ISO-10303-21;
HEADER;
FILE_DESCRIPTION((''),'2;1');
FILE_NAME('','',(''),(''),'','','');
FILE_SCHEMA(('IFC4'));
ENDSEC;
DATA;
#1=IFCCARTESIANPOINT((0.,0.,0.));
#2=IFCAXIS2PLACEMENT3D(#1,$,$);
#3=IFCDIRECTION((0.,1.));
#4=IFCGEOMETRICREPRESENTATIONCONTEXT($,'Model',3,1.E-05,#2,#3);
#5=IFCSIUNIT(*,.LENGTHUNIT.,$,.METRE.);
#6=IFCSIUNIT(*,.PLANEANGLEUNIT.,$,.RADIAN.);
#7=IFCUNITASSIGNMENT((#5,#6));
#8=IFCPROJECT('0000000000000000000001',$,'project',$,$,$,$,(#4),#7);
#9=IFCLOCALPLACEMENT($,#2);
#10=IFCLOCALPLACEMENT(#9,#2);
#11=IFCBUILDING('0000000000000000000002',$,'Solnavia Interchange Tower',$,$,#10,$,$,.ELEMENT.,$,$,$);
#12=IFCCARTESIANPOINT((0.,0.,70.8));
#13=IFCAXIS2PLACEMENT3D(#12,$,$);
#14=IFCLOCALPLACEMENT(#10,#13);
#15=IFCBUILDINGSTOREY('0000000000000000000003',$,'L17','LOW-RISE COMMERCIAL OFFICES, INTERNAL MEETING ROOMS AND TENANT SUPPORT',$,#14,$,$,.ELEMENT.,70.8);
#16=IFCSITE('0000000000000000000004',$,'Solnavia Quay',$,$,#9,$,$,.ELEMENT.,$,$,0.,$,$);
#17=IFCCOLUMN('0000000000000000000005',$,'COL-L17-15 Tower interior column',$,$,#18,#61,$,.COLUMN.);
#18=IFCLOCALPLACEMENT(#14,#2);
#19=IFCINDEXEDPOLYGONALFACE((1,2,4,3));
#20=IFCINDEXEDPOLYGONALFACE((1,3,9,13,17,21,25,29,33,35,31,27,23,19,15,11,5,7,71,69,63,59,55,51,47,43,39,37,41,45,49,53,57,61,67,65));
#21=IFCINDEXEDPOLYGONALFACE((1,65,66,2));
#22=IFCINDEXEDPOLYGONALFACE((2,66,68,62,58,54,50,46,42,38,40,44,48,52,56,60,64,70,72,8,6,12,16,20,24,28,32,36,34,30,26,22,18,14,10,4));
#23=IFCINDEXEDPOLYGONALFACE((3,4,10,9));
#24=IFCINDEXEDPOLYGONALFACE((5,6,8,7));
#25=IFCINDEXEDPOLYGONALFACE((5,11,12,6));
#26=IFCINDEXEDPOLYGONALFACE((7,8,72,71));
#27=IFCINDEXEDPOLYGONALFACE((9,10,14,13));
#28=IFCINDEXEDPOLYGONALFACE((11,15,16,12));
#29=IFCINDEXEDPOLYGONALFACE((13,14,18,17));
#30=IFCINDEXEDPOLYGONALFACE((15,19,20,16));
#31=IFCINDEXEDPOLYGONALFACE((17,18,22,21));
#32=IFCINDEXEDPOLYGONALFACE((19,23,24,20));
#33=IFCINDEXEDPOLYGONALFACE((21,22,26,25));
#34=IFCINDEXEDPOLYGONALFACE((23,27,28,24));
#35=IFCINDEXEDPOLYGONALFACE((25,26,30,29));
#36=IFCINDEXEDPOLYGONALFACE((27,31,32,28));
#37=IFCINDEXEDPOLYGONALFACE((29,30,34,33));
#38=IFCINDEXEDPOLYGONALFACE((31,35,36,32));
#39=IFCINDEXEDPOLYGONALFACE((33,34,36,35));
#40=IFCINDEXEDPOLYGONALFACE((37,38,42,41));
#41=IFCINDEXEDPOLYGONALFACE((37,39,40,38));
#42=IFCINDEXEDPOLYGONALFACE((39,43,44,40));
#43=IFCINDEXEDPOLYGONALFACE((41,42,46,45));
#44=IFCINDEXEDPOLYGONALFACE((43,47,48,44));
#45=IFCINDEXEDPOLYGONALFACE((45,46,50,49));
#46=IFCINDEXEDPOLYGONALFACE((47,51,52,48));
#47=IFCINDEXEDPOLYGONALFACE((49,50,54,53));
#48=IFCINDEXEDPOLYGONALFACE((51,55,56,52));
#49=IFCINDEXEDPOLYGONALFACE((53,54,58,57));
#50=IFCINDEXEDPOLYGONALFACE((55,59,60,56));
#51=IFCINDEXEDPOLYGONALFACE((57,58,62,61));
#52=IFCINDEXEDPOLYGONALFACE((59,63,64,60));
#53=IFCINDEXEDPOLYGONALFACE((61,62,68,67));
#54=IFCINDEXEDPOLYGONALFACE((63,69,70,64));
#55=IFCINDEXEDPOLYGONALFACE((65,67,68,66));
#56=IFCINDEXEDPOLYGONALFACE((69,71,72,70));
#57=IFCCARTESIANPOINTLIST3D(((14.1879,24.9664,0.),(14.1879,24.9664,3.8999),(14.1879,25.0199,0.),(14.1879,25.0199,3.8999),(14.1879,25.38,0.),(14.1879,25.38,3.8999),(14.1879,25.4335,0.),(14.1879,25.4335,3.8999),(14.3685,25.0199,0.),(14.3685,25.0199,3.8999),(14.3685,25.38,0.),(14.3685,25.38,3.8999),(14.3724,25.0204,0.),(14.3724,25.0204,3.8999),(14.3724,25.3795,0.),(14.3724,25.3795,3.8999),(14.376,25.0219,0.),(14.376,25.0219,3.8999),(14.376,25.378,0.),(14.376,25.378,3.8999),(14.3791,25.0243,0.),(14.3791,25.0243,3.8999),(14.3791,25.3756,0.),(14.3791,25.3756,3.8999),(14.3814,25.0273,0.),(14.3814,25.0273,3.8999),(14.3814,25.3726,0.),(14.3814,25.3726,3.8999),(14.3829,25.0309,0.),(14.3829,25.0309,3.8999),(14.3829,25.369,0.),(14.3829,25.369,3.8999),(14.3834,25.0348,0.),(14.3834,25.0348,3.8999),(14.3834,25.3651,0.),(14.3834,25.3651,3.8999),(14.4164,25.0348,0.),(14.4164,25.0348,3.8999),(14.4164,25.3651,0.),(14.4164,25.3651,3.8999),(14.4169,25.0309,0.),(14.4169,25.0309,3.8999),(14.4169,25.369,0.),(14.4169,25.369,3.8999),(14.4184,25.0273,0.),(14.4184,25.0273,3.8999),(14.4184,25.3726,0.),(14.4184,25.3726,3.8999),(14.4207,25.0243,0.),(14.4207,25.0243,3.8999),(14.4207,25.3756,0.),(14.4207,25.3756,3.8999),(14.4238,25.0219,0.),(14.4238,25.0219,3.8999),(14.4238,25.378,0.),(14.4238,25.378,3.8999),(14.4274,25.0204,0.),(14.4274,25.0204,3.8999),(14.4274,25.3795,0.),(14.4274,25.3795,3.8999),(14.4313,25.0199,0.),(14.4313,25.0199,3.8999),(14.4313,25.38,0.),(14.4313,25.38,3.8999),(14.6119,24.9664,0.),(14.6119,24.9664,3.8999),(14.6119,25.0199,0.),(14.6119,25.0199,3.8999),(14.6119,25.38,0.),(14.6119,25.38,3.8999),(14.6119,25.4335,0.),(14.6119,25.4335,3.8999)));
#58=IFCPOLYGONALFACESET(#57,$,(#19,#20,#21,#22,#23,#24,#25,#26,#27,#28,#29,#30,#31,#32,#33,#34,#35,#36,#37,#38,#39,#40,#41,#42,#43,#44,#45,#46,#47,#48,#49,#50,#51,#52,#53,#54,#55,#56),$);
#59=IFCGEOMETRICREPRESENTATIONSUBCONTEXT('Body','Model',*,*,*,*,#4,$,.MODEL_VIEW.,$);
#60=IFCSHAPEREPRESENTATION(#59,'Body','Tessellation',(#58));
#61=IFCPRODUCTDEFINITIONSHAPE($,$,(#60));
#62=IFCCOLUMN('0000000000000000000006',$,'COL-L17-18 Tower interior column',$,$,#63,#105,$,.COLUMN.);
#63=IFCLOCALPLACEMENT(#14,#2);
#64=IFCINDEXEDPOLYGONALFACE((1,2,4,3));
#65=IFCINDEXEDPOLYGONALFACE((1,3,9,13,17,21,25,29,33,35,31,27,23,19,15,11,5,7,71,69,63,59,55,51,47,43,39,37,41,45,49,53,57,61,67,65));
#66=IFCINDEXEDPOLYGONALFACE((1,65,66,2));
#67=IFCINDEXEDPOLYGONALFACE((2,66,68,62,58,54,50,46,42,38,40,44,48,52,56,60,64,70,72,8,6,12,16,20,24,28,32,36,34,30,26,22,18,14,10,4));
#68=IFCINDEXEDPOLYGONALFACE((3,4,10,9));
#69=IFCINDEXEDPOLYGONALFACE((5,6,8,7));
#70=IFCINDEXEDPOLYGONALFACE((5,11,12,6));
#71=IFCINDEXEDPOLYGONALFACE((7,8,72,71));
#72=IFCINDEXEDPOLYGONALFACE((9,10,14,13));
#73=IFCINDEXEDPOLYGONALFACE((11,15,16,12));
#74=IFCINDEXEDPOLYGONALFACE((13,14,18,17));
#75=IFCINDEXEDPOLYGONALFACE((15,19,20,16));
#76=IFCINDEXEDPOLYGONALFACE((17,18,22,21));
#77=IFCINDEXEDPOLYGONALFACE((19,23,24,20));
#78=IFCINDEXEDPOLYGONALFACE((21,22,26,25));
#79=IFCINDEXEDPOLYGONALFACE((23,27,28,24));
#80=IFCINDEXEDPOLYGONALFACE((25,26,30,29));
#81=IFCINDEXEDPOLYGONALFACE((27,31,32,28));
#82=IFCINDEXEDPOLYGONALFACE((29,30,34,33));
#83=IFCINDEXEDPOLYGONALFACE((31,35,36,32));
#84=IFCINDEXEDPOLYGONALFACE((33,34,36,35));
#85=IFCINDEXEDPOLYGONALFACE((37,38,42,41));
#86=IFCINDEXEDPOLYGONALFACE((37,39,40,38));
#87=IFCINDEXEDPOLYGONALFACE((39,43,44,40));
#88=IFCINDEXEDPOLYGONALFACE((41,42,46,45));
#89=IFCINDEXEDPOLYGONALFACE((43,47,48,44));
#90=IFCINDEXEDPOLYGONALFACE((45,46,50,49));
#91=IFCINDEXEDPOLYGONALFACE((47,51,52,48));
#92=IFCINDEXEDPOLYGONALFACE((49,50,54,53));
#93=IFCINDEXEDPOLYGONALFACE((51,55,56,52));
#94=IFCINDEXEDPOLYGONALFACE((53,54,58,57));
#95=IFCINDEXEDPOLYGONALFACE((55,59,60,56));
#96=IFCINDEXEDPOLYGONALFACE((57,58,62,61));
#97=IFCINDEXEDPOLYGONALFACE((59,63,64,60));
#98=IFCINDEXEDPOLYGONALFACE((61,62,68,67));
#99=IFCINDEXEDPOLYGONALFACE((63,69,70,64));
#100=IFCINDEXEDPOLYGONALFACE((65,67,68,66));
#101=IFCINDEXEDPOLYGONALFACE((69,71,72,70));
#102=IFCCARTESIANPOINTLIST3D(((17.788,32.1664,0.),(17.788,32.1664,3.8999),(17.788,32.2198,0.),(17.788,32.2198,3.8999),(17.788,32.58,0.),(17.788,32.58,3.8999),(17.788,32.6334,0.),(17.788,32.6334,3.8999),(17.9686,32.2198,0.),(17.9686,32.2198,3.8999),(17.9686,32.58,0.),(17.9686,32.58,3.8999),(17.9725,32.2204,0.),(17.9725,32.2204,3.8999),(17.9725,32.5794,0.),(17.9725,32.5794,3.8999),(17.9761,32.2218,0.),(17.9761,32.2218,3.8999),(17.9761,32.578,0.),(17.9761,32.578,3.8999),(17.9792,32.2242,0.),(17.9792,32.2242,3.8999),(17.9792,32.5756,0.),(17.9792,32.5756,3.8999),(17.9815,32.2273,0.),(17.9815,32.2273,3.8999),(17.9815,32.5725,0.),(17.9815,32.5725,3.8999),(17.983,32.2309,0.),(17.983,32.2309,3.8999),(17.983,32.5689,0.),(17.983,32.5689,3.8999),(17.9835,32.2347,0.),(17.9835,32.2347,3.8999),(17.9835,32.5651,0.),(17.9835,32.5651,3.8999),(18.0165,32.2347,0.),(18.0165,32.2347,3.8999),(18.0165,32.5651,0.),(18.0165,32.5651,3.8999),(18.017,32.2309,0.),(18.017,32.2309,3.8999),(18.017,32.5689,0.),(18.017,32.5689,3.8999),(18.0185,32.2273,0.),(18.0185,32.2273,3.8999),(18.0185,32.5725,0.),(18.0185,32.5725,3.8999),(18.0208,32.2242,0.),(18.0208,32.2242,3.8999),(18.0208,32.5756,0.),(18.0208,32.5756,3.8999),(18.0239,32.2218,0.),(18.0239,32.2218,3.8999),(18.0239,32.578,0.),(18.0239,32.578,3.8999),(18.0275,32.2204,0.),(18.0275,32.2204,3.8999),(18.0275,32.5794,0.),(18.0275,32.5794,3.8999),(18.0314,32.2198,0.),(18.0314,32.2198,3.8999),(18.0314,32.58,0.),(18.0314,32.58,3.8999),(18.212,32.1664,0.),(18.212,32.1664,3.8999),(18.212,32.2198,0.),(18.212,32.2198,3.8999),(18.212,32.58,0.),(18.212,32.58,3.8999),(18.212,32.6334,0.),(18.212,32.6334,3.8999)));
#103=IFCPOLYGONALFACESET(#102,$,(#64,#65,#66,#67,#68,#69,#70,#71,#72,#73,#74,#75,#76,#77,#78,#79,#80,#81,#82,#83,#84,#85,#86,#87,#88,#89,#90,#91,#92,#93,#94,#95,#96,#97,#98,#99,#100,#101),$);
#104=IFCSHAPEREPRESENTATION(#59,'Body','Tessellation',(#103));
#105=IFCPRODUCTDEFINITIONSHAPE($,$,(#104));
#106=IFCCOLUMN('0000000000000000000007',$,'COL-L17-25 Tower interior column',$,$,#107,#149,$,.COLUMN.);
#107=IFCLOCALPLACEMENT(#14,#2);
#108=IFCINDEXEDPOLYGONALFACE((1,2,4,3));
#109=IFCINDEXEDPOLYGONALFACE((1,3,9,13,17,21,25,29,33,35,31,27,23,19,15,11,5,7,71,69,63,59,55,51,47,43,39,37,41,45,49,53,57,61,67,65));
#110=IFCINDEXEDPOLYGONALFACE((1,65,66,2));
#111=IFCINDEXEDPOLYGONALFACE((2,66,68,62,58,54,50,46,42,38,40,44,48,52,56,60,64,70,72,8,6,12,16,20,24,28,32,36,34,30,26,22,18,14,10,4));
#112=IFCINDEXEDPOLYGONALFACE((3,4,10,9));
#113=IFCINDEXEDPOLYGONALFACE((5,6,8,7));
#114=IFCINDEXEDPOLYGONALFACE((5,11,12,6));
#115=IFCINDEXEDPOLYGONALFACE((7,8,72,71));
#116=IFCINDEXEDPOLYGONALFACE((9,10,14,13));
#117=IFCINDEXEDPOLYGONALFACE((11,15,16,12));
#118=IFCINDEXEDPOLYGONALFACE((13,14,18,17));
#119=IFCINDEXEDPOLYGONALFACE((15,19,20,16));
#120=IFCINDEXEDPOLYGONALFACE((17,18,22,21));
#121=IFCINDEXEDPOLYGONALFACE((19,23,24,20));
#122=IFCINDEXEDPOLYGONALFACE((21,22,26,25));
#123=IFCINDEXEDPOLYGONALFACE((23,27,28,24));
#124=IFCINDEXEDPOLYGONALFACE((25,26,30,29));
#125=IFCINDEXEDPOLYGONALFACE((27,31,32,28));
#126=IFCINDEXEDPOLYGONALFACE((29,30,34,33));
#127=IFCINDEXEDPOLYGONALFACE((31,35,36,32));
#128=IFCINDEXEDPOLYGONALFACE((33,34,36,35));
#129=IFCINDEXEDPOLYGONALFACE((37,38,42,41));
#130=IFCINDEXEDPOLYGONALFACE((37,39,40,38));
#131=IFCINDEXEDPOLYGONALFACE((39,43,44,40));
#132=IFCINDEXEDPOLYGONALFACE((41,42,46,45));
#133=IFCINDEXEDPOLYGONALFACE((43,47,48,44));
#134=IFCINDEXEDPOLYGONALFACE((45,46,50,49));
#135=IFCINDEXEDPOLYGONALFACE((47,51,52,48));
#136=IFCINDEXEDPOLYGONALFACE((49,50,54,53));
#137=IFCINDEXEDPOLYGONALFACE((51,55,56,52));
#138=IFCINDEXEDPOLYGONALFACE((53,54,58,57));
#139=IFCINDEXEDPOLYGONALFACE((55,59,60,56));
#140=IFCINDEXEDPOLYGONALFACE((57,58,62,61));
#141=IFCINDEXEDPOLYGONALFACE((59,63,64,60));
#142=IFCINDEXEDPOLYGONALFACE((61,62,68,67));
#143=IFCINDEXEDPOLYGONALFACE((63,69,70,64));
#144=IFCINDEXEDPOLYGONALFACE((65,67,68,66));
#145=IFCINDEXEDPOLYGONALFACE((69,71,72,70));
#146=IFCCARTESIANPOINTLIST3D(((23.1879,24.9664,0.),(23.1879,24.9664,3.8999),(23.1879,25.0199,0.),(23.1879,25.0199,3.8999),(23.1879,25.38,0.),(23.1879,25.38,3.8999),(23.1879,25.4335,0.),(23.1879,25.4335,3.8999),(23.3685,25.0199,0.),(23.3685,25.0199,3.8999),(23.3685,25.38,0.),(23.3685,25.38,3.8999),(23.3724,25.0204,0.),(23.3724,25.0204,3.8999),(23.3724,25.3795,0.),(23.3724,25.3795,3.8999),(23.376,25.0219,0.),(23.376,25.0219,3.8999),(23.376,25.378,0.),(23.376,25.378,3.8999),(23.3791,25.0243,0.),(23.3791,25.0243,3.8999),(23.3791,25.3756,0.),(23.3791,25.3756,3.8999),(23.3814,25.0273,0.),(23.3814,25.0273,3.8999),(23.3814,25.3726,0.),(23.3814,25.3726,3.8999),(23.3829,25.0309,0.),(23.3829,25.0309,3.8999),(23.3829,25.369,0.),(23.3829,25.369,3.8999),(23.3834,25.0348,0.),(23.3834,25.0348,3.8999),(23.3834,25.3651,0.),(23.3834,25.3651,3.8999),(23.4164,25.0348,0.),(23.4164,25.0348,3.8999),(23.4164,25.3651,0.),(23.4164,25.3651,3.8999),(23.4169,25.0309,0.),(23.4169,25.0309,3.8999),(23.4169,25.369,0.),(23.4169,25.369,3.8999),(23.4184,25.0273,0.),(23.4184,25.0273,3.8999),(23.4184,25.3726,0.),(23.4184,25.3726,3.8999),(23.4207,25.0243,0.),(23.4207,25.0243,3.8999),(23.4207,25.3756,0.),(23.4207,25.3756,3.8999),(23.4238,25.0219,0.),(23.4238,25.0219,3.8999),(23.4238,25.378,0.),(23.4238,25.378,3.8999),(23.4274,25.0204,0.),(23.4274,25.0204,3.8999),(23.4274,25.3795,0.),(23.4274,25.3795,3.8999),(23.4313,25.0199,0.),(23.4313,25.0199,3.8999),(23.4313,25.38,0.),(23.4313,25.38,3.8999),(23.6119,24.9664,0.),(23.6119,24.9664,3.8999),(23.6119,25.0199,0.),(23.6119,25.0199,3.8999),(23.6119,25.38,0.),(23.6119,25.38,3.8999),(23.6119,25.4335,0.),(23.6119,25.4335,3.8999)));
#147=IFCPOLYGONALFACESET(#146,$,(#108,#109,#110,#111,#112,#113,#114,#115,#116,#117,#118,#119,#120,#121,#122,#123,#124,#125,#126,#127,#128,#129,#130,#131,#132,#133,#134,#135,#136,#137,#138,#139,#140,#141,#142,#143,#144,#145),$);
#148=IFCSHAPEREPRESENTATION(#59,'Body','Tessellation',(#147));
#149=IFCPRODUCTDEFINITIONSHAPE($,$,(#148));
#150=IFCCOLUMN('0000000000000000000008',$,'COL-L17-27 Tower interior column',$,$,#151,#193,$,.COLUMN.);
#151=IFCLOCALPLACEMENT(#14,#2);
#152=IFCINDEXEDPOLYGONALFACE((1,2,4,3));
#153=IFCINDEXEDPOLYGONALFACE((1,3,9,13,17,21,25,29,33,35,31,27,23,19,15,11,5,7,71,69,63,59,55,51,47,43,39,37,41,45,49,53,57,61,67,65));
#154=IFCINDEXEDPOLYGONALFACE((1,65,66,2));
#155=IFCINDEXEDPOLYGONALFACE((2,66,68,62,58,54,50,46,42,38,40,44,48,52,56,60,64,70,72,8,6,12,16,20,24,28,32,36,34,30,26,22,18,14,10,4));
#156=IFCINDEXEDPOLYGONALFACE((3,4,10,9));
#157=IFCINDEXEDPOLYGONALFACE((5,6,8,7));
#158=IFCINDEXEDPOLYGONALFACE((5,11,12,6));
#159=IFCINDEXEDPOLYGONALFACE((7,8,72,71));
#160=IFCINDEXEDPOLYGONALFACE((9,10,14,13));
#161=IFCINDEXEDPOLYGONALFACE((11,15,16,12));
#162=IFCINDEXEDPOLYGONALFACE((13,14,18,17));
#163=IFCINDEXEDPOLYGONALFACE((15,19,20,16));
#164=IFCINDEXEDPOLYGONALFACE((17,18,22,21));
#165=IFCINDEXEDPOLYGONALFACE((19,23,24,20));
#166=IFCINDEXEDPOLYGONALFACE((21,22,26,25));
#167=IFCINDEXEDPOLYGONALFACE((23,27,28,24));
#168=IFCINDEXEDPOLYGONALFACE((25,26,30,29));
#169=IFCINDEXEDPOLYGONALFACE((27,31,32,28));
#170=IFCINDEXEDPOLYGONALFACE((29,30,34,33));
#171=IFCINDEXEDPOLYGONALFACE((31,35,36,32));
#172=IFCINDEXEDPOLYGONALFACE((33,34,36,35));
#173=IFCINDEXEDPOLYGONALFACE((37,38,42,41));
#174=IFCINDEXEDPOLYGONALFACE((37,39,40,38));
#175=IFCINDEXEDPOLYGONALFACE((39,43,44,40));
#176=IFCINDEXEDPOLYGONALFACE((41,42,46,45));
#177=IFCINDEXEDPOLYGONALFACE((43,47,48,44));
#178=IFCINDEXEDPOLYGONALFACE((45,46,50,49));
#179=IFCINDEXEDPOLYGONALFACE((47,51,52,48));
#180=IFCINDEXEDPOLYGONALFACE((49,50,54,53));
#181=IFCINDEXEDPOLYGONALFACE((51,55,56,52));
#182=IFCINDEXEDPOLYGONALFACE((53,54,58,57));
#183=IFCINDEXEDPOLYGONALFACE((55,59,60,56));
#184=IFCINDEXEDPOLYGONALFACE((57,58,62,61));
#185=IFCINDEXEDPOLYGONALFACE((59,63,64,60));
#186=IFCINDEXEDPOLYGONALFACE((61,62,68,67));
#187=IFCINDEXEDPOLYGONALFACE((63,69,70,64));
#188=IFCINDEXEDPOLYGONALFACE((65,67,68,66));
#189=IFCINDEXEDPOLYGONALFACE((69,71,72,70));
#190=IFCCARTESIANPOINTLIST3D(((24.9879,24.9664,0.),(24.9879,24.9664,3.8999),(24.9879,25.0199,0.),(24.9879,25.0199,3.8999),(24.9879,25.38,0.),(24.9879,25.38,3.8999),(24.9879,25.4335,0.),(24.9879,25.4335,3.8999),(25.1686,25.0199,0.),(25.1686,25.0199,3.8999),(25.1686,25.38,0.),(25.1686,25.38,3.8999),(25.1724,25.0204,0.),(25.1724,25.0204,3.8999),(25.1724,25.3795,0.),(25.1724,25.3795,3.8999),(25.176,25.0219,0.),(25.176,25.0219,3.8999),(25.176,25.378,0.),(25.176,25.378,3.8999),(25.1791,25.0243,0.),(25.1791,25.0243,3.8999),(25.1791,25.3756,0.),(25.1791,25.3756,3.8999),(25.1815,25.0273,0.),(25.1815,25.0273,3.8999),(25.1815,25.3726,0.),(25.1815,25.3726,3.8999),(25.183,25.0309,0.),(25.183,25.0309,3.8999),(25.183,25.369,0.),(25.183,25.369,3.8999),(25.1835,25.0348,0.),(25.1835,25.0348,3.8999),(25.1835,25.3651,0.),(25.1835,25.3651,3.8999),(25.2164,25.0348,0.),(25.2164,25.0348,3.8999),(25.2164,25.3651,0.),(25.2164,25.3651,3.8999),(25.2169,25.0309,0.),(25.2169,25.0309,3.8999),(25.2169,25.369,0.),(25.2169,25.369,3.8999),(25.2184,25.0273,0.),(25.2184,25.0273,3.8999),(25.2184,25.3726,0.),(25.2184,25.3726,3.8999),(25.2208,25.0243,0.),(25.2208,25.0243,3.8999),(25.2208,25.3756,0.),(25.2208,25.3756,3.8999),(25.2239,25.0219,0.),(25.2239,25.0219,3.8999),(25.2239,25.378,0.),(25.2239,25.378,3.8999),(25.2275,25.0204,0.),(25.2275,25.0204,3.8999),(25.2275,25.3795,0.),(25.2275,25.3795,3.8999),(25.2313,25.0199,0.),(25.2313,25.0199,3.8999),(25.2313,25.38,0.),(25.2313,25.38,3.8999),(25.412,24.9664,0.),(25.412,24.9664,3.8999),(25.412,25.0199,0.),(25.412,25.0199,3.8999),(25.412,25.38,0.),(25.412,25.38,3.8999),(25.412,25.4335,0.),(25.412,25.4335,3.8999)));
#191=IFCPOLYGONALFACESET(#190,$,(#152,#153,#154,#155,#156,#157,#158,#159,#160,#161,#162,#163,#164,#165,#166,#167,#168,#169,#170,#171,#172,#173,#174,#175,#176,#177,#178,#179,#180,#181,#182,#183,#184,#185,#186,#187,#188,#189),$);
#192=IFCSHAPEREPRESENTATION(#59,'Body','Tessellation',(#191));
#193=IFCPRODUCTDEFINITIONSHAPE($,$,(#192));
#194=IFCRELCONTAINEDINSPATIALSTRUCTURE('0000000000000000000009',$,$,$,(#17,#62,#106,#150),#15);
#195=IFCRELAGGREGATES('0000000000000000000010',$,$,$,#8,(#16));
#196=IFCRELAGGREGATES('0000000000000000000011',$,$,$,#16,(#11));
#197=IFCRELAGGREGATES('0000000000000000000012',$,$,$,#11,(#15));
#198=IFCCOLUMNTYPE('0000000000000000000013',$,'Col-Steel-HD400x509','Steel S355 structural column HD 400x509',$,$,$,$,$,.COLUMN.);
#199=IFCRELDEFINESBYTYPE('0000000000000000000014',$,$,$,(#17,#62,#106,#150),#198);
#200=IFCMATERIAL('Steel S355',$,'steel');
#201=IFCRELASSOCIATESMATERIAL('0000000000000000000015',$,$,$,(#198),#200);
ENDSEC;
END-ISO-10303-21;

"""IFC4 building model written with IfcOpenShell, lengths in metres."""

from ifc_helpers import new_model, si_unit, direction, frame, origin, origin_2d, place, context, subcontext, project, spatial, i_section, extrude, material, material_profile, profile_set, type_object, element, save


model = new_model("IFC4")

# Units and contexts
model_context = context("Model", 3, precision=1e-05, world=origin(), true_north=direction((0.0, 1.0)))
body_context = subcontext(model_context, "Body", "Model", "MODEL_VIEW")
ifc_project = project(units=[si_unit("LENGTHUNIT", "METRE"), si_unit("PLANEANGLEUNIT", "RADIAN")], contexts=[model_context])

# Site, building, storey
site_placement = place(None, origin())
site = spatial("IfcSite", under=ifc_project, at=site_placement, Name="Solnavia Quay", CompositionType="ELEMENT", RefElevation=0.0)
building_placement = place(site_placement, origin())
building = spatial("IfcBuilding", under=site, at=building_placement, Name="Solnavia Interchange Tower", CompositionType="ELEMENT")
storey_placement = place(building_placement, frame((0.0, 0.0, 70.8)))
storey = spatial("IfcBuildingStorey", under=building, at=storey_placement, Name="L17", Description="LOW-RISE COMMERCIAL OFFICES, INTERNAL MEETING ROOMS AND TENANT SUPPORT", CompositionType="ELEMENT", Elevation=70.8)

# Columns
ifc_material_1 = material(Name="Steel S355", Category="steel")
ifc_material_profile_1 = material_profile(ifc_material_1, i_section(OverallWidth=0.4241, OverallDepth=0.467, WebThickness=0.033, FlangeThickness=0.0535, FilletRadius=0.0149, at=origin_2d()), Name="HD 400x509")
ifc_profile_set_1 = profile_set([ifc_material_profile_1], Name="Steel S355")
column_type = type_object("IfcColumnType", Name="Col-Steel-HD400x509", Description="Steel S355 structural column HD 400x509", PredefinedType="COLUMN", material=ifc_profile_set_1)
for number, where, z_axis, x_axis, name in (
    (1, (14.3999, 25.2, 0.0), (0.0, 0.0, 1.0), (1.0, 0.0, 0.0), "COL-L17-15 Tower interior column"),
    (2, (18.0, 32.3999, 0.0), (0.0, 0.0, 1.0), (1.0, 0.0, 0.0), "COL-L17-18 Tower interior column"),
    (3, (23.3999, 25.2, 0.0), (0.0, 0.0, 1.0), (1.0, 0.0, 0.0), "COL-L17-25 Tower interior column"),
    (4, (25.2, 25.2, 0.0), (0.0, 0.0, 1.0), (1.0, 0.0, 0.0), "COL-L17-27 Tower interior column"),
):
    element("IfcColumn", number, at=place(storey_placement, frame(where, z_axis=z_axis, x_axis=x_axis)), inside=storey, type_object=column_type, Name=name, PredefinedType="COLUMN", context=body_context, shape_type="SweptSolid", body=[
        extrude(i_section(OverallWidth=0.4241, OverallDepth=0.467, WebThickness=0.033, FlangeThickness=0.0535, FilletRadius=0.0149, at=origin_2d()), origin(), (0.0, 0.0, 1.0), 3.8999),
    ])

save(model, "model.ifc")
